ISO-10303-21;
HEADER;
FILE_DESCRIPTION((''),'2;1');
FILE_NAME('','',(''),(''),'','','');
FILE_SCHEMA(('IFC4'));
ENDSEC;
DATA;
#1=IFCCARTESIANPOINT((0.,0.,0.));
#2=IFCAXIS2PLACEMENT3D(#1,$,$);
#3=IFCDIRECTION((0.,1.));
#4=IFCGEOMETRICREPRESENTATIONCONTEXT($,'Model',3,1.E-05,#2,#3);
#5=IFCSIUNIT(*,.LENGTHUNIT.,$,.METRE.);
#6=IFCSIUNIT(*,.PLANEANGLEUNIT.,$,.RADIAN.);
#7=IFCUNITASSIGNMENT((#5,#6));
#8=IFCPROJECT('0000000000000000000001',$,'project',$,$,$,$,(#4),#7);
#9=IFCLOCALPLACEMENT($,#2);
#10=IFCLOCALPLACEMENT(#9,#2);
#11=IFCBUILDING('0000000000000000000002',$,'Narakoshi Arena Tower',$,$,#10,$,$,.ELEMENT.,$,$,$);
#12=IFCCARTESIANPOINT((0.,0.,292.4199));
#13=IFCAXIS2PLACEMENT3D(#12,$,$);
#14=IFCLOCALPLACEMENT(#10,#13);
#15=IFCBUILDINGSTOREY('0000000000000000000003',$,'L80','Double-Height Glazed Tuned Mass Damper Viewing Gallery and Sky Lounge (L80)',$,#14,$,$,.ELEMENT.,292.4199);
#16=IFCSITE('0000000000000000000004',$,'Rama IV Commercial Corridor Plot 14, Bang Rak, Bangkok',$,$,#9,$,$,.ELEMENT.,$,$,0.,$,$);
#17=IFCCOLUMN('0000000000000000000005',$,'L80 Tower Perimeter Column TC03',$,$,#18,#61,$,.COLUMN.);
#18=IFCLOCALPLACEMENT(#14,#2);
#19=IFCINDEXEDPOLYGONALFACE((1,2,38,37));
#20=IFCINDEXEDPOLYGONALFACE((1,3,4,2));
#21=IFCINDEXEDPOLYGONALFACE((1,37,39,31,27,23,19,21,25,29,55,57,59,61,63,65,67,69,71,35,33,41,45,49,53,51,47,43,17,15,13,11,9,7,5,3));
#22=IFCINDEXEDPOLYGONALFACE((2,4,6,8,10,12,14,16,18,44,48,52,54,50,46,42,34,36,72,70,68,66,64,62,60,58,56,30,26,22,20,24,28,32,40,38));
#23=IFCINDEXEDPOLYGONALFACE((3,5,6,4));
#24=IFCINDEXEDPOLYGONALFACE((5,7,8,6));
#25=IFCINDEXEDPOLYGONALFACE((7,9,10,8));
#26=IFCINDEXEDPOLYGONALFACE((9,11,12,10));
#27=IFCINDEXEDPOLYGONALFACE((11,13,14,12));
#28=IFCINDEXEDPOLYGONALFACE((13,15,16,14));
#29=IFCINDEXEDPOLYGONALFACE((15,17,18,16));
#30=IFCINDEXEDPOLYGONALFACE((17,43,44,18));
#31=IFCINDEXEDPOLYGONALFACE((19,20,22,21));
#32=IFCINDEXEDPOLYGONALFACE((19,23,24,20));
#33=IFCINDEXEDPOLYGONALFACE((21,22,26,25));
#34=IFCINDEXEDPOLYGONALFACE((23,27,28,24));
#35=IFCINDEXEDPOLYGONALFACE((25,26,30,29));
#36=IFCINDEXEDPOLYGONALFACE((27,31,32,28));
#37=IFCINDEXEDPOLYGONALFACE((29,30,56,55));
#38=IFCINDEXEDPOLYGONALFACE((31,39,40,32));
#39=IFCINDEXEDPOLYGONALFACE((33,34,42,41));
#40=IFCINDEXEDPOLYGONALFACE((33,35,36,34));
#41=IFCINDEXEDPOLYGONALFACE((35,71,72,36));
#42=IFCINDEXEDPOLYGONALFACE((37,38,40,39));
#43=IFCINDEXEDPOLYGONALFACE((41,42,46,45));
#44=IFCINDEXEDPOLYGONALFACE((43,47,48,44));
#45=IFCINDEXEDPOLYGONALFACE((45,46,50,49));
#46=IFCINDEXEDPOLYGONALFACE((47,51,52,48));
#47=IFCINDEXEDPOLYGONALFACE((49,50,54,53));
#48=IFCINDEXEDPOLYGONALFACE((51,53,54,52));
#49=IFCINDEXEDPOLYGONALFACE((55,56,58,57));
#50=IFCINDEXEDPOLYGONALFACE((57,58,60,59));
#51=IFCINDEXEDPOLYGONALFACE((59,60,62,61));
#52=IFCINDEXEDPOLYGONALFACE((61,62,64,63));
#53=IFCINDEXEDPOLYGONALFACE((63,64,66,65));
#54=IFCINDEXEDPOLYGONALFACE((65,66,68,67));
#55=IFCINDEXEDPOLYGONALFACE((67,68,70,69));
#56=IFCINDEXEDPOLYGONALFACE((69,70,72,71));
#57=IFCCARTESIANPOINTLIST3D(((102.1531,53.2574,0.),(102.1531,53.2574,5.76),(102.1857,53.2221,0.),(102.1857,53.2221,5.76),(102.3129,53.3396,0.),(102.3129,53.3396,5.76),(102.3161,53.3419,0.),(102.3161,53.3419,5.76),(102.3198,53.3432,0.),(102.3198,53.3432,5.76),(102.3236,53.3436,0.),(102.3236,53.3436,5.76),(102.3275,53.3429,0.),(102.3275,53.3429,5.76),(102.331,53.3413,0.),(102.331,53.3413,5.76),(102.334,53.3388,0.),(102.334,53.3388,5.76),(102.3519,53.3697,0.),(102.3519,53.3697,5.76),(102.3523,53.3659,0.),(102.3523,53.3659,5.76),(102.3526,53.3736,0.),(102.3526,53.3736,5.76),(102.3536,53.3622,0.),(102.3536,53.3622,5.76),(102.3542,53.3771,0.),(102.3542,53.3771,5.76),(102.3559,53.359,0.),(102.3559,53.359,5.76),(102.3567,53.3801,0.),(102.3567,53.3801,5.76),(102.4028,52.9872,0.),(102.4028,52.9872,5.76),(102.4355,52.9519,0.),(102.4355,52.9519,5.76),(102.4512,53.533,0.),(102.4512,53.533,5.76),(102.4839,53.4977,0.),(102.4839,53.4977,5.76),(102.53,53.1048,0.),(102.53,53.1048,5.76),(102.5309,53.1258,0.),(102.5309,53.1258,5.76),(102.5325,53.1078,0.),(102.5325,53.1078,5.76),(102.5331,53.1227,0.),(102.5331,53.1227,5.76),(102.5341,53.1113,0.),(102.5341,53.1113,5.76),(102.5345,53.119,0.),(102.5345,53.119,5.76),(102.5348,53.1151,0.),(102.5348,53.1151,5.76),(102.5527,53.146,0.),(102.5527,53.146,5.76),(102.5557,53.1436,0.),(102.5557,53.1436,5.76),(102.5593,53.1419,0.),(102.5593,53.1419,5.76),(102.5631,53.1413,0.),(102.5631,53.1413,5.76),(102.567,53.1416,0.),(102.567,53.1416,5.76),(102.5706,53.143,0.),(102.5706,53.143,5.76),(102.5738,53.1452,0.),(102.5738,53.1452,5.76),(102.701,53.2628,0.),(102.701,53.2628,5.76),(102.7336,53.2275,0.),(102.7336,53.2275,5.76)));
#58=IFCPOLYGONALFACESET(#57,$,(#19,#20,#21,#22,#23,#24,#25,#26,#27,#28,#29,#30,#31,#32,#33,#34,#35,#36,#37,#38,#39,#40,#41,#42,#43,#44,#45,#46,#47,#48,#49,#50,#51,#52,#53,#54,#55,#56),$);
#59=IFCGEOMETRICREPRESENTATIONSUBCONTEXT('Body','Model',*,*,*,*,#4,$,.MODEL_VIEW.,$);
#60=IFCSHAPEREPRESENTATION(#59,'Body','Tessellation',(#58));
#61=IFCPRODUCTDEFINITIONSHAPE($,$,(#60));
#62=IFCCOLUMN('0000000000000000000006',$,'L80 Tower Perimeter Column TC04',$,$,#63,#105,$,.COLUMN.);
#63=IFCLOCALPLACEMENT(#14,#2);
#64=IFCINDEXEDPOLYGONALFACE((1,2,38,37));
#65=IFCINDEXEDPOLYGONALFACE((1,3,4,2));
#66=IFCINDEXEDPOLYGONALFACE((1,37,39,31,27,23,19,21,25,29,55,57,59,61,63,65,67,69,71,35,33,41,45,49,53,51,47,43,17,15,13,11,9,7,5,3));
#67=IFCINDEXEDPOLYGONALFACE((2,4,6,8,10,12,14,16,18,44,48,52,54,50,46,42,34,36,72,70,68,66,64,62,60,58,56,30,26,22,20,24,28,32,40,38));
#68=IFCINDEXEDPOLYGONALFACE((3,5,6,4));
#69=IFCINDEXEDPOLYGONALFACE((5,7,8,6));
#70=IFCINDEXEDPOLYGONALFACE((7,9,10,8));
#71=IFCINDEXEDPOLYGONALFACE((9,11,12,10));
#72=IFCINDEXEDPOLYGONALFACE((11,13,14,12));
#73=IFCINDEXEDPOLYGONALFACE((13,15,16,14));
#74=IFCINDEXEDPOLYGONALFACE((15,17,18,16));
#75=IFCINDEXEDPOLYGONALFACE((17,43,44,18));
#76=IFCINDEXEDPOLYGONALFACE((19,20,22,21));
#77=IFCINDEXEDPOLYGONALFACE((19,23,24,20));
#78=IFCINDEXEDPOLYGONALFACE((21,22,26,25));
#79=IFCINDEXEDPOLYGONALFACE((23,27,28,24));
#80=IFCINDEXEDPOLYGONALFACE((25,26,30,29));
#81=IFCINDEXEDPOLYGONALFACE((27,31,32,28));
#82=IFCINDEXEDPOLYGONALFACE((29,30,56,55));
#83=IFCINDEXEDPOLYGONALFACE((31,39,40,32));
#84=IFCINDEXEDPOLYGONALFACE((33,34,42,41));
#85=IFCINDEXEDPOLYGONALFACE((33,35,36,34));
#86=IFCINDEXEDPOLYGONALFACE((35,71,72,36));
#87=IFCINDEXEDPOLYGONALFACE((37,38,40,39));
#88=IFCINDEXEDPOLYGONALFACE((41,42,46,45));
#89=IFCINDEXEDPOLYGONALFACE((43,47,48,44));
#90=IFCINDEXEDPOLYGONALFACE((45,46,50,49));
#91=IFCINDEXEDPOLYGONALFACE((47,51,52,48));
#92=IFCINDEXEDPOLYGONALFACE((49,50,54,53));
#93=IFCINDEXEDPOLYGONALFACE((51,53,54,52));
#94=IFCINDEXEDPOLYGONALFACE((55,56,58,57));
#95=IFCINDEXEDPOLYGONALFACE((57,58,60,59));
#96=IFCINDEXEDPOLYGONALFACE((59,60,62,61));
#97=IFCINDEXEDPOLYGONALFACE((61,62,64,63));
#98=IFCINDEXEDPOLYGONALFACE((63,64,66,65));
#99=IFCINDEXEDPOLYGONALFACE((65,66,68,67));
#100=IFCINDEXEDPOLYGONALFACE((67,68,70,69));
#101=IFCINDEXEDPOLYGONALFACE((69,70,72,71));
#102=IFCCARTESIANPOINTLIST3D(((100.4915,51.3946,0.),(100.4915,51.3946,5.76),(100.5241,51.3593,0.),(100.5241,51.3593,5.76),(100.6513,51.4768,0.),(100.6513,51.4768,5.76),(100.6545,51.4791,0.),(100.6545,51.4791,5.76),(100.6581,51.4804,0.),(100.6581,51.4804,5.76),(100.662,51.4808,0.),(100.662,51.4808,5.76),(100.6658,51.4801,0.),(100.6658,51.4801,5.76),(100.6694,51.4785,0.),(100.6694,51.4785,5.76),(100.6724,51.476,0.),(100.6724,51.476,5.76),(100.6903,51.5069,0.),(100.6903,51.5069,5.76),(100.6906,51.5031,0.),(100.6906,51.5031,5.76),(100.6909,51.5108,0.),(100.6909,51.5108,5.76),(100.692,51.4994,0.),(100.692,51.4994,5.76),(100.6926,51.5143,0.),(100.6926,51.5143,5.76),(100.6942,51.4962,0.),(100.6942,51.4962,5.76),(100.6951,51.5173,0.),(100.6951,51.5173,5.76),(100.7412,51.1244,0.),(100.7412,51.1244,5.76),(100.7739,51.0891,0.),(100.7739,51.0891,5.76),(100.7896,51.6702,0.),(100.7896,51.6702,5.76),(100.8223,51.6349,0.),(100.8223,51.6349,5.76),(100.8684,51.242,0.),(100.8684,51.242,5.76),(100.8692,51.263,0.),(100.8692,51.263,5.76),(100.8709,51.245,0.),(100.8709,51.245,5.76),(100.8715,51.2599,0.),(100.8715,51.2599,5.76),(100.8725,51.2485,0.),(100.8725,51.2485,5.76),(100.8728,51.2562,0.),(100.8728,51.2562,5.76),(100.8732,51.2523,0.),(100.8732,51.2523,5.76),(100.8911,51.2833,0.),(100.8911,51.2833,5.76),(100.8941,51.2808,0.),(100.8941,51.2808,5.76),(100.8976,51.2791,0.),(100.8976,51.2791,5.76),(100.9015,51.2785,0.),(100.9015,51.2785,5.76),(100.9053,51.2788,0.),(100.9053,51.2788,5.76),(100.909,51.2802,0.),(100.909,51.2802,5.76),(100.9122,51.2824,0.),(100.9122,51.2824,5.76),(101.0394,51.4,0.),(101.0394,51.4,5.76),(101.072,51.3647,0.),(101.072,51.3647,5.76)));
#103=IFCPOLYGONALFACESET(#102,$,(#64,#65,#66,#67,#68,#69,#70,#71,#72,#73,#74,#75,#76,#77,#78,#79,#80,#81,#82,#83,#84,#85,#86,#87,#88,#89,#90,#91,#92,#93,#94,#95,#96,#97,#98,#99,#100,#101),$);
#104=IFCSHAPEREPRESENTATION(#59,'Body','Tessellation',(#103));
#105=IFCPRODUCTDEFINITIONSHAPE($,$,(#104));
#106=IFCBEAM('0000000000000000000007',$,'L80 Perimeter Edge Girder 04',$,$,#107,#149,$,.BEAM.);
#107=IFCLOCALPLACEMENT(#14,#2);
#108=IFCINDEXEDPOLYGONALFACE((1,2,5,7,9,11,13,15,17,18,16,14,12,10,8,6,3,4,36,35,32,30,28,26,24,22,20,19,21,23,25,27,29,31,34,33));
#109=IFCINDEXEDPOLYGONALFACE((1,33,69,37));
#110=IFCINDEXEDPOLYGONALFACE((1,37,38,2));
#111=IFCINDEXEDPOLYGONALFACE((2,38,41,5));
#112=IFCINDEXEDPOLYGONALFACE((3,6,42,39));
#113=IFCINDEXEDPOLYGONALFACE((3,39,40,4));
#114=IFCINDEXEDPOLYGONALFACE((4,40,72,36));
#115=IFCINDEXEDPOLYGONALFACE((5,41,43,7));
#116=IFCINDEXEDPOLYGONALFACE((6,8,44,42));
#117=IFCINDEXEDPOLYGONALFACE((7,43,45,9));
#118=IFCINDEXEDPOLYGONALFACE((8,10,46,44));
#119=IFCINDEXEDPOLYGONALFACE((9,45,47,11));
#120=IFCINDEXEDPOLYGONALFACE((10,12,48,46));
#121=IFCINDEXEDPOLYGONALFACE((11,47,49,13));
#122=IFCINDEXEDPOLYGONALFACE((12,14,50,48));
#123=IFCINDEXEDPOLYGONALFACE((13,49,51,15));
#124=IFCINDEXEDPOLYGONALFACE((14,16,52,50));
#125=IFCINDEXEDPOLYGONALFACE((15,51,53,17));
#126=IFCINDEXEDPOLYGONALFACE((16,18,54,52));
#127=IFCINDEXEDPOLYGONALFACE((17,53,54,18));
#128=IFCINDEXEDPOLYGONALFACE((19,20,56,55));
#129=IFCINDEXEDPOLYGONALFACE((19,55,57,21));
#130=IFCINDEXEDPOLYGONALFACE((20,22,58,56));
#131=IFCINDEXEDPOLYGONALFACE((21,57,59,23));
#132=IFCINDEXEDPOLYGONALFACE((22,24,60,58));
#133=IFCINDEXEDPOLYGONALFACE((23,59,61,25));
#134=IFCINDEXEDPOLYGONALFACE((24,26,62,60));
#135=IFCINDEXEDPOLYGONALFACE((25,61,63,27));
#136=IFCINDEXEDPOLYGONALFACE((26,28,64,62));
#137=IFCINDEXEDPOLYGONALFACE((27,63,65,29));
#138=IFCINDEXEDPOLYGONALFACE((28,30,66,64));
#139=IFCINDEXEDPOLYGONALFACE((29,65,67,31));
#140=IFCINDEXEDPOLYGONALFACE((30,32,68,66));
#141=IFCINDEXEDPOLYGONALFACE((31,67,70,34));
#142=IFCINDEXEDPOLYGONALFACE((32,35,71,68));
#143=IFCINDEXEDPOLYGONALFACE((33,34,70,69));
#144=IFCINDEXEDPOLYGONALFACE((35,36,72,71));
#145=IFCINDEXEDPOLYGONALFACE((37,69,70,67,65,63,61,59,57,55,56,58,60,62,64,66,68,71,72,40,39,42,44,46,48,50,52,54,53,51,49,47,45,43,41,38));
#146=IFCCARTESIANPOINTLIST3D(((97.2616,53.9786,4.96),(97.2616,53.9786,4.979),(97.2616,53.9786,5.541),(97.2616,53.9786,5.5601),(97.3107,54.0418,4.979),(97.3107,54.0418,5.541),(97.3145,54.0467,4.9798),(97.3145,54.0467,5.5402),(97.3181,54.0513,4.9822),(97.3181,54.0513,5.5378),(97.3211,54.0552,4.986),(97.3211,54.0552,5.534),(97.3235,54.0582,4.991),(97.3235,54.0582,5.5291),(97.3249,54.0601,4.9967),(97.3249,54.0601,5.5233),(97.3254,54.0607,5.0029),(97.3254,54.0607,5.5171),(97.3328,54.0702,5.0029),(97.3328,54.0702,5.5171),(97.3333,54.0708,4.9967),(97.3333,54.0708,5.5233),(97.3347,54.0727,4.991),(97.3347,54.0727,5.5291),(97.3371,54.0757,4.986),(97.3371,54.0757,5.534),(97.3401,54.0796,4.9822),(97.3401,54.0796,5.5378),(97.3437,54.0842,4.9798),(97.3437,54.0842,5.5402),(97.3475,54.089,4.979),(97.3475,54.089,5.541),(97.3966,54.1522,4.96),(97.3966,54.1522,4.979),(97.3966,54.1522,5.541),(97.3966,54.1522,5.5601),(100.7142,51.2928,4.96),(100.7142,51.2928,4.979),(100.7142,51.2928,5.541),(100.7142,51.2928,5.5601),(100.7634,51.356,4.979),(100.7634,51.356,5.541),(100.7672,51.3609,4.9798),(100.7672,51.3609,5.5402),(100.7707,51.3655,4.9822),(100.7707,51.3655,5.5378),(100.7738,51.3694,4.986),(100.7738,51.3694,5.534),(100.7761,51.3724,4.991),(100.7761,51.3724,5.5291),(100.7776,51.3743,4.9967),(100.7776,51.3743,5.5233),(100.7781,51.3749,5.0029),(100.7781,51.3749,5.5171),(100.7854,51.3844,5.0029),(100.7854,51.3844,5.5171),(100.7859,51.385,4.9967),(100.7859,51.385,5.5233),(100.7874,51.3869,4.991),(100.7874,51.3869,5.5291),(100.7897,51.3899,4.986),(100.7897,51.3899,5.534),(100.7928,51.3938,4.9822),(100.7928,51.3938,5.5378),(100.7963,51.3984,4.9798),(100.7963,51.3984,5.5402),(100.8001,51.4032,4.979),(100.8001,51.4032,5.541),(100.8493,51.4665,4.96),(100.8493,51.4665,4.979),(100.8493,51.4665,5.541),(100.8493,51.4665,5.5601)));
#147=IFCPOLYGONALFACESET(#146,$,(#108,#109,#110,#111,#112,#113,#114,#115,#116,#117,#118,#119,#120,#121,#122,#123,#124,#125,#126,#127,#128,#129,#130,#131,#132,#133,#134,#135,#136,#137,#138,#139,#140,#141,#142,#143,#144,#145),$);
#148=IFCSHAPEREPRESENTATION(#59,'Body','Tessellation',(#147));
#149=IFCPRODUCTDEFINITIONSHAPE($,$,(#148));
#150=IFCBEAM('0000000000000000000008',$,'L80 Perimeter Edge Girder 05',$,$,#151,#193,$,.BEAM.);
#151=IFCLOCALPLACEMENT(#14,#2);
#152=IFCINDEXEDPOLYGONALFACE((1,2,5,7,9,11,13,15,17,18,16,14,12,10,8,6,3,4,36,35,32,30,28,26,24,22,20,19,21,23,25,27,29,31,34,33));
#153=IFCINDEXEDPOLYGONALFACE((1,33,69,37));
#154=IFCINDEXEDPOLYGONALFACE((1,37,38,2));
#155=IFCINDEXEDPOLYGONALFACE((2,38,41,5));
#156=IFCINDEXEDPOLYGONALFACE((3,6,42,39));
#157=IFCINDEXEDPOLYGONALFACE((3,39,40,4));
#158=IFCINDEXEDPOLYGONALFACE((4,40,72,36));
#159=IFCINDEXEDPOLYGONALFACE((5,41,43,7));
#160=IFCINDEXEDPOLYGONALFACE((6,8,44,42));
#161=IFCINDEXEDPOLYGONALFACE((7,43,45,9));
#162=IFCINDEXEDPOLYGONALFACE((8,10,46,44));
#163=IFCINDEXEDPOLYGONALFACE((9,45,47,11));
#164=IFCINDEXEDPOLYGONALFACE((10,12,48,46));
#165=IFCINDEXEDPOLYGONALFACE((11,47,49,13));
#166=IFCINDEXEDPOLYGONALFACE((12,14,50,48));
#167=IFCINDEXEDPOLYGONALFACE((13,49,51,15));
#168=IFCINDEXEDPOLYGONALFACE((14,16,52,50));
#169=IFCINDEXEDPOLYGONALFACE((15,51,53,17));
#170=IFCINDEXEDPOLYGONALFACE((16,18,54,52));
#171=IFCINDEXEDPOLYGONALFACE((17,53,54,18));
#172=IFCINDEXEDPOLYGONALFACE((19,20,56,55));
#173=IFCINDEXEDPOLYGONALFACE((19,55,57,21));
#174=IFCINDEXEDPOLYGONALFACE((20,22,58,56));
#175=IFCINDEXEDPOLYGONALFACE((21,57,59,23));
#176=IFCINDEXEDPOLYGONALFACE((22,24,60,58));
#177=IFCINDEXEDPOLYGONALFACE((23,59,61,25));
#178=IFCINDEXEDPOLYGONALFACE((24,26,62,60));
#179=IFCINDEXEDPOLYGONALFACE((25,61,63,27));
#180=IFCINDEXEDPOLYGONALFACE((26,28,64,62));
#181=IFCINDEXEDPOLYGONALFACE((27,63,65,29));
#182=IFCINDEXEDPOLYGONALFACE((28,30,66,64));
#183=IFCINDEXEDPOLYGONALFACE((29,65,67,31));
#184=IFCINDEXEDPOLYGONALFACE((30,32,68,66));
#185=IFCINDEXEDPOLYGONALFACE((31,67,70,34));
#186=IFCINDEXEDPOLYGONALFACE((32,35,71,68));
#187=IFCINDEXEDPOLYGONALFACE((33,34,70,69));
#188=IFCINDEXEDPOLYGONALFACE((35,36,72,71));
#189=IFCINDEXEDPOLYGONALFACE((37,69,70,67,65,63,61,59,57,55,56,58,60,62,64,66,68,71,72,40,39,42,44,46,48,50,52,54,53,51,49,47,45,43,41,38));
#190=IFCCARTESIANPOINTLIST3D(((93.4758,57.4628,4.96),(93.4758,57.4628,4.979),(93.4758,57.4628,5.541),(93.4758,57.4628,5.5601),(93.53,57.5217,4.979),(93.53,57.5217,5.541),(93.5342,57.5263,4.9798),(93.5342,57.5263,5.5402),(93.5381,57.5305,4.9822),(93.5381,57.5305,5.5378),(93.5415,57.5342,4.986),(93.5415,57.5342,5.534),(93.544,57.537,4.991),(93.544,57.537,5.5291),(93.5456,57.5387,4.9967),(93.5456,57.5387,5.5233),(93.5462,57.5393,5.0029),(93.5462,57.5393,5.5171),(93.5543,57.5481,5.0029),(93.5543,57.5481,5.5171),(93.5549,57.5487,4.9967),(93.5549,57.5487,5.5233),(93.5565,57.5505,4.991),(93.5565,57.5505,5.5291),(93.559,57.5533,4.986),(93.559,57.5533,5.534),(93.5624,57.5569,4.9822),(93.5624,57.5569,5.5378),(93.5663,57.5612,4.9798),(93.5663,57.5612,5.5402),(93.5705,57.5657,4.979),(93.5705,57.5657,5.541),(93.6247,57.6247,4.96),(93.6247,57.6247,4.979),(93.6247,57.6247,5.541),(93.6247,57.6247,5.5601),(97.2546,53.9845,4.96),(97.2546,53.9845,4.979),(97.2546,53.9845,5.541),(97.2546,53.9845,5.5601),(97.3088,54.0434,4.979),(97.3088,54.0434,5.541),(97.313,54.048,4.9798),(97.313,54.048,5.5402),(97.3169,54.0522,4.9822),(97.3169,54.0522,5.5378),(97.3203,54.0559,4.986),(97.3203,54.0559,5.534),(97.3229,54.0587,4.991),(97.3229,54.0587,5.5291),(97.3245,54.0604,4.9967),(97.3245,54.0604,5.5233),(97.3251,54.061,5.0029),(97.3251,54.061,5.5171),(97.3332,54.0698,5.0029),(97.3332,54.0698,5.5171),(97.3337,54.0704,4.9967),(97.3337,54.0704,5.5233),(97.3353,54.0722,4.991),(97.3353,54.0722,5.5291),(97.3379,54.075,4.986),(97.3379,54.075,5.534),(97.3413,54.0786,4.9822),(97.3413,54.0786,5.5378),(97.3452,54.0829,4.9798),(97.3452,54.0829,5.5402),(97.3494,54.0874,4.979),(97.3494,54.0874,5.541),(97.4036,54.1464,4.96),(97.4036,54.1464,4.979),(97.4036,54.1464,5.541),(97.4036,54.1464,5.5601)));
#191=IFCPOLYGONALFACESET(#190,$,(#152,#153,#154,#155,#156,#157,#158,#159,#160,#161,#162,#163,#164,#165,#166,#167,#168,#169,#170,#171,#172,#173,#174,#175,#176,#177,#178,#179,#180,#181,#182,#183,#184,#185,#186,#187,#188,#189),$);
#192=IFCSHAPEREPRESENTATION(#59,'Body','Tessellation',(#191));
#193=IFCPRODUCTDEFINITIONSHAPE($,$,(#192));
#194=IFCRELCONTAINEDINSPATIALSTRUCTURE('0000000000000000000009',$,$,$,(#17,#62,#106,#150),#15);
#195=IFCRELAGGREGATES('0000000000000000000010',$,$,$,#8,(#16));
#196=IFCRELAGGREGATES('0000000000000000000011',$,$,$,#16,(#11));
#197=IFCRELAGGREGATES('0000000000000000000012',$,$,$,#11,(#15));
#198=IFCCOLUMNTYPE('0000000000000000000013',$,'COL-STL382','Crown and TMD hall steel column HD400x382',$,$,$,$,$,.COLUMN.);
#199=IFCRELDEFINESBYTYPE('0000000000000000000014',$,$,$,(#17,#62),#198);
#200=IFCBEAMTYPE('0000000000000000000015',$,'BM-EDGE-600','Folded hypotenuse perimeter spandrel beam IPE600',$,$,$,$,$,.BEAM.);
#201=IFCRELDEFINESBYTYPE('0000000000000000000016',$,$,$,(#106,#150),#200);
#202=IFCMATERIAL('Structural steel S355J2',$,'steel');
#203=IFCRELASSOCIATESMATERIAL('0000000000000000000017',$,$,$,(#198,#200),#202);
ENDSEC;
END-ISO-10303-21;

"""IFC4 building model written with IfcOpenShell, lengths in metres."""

from ifc_helpers import new_model, si_unit, direction, frame, origin, origin_2d, place, context, subcontext, project, spatial, i_section, extrude, material, material_profile, profile_set, type_object, element, save


model = new_model("IFC4")

# Units and contexts
model_context = context("Model", 3, precision=1e-05, world=origin(), true_north=direction((0.0, 1.0)))
body_context = subcontext(model_context, "Body", "Model", "MODEL_VIEW")
ifc_project = project(units=[si_unit("LENGTHUNIT", "METRE"), si_unit("PLANEANGLEUNIT", "RADIAN")], contexts=[model_context])

# Site, building, storey
site_placement = place(None, origin())
site = spatial("IfcSite", under=ifc_project, at=site_placement, Name="Rama IV Commercial Corridor Plot 14, Bang Rak, Bangkok", CompositionType="ELEMENT", RefElevation=0.0)
building_placement = place(site_placement, origin())
building = spatial("IfcBuilding", under=site, at=building_placement, Name="Narakoshi Arena Tower", CompositionType="ELEMENT")
storey_placement = place(building_placement, frame((0.0, 0.0, 292.4199)))
storey = spatial("IfcBuildingStorey", under=building, at=storey_placement, Name="L80", Description="Double-Height Glazed Tuned Mass Damper Viewing Gallery and Sky Lounge (L80)", CompositionType="ELEMENT", Elevation=292.4199)

# Columns
ifc_material_1 = material(Name="Structural steel S355J2", Category="steel")
ifc_material_profile_1 = material_profile(ifc_material_1, i_section(OverallWidth=0.406, OverallDepth=0.416, WebThickness=0.0298, FlangeThickness=0.0481, FilletRadius=0.0149, at=origin_2d()), Name="HD400x382")
ifc_profile_set_1 = profile_set([ifc_material_profile_1], Name="Structural steel S355J2")
column_type = type_object("IfcColumnType", Name="COL-STL382", Description="Crown and TMD hall steel column HD400x382", PredefinedType="COLUMN", material=ifc_profile_set_1)
for number, where, z_axis, x_axis, name in (
    (1, (102.4434, 53.2424, 0.0), (0.0, 0.0, 1.0), (0.734323, 0.678801, 0.0), "L80 Tower Perimeter Column TC03"),
    (2, (100.7817, 51.3796, 0.0), (0.0, 0.0, 1.0), (0.734323, 0.678801, 0.0), "L80 Tower Perimeter Column TC04"),
):
    element("IfcColumn", number, at=place(storey_placement, frame(where, z_axis=z_axis, x_axis=x_axis)), inside=storey, type_object=column_type, Name=name, PredefinedType="COLUMN", context=body_context, shape_type="SweptSolid", body=[
        extrude(i_section(OverallWidth=0.406, OverallDepth=0.416, WebThickness=0.0298, FlangeThickness=0.0481, FilletRadius=0.0149, at=origin_2d()), origin(), (0.0, 0.0, 1.0), 5.76),
    ])

# Beams
ifc_material_profile_2 = material_profile(ifc_material_1, i_section(OverallWidth=0.22, OverallDepth=0.6001, WebThickness=0.012, FlangeThickness=0.019, FilletRadius=0.0239, at=origin_2d()), Name="IPE600")
ifc_profile_set_2 = profile_set([ifc_material_profile_2], Name="Structural steel S355J2")
beam_type = type_object("IfcBeamType", Name="BM-EDGE-600", Description="Folded hypotenuse perimeter spandrel beam IPE600", PredefinedType="BEAM", material=ifc_profile_set_2)
beam_1_placement = place(storey_placement, frame((100.7817, 51.3796, 5.26), z_axis=(-0.789307, 0.613999, 0.0), x_axis=(-0.613999, -0.789307, 0.0)))
element("IfcBeam", 3, at=beam_1_placement, inside=storey, type_object=beam_type, Name="L80 Perimeter Edge Girder 04", PredefinedType="BEAM", context=body_context, shape_type="SweptSolid", body=[
    extrude(i_section(OverallWidth=0.22, OverallDepth=0.6001, WebThickness=0.012, FlangeThickness=0.019, FilletRadius=0.0239, at=origin_2d()), origin(), (0.0, 0.0, 1.0), 4.3743),
])
beam_2_placement = place(storey_placement, frame((97.3291, 54.0654, 5.26), z_axis=(-0.73576, 0.677243, 0.0), x_axis=(-0.677243, -0.73576, 0.0)))
element("IfcBeam", 4, at=beam_2_placement, inside=storey, type_object=beam_type, Name="L80 Perimeter Edge Girder 05", PredefinedType="BEAM", context=body_context, shape_type="SweptSolid", body=[
    extrude(i_section(OverallWidth=0.22, OverallDepth=0.6001, WebThickness=0.012, FlangeThickness=0.019, FilletRadius=0.0239, at=origin_2d()), origin(), (0.0, 0.0, 1.0), 5.136),
])

save(model, "model.ifc")
